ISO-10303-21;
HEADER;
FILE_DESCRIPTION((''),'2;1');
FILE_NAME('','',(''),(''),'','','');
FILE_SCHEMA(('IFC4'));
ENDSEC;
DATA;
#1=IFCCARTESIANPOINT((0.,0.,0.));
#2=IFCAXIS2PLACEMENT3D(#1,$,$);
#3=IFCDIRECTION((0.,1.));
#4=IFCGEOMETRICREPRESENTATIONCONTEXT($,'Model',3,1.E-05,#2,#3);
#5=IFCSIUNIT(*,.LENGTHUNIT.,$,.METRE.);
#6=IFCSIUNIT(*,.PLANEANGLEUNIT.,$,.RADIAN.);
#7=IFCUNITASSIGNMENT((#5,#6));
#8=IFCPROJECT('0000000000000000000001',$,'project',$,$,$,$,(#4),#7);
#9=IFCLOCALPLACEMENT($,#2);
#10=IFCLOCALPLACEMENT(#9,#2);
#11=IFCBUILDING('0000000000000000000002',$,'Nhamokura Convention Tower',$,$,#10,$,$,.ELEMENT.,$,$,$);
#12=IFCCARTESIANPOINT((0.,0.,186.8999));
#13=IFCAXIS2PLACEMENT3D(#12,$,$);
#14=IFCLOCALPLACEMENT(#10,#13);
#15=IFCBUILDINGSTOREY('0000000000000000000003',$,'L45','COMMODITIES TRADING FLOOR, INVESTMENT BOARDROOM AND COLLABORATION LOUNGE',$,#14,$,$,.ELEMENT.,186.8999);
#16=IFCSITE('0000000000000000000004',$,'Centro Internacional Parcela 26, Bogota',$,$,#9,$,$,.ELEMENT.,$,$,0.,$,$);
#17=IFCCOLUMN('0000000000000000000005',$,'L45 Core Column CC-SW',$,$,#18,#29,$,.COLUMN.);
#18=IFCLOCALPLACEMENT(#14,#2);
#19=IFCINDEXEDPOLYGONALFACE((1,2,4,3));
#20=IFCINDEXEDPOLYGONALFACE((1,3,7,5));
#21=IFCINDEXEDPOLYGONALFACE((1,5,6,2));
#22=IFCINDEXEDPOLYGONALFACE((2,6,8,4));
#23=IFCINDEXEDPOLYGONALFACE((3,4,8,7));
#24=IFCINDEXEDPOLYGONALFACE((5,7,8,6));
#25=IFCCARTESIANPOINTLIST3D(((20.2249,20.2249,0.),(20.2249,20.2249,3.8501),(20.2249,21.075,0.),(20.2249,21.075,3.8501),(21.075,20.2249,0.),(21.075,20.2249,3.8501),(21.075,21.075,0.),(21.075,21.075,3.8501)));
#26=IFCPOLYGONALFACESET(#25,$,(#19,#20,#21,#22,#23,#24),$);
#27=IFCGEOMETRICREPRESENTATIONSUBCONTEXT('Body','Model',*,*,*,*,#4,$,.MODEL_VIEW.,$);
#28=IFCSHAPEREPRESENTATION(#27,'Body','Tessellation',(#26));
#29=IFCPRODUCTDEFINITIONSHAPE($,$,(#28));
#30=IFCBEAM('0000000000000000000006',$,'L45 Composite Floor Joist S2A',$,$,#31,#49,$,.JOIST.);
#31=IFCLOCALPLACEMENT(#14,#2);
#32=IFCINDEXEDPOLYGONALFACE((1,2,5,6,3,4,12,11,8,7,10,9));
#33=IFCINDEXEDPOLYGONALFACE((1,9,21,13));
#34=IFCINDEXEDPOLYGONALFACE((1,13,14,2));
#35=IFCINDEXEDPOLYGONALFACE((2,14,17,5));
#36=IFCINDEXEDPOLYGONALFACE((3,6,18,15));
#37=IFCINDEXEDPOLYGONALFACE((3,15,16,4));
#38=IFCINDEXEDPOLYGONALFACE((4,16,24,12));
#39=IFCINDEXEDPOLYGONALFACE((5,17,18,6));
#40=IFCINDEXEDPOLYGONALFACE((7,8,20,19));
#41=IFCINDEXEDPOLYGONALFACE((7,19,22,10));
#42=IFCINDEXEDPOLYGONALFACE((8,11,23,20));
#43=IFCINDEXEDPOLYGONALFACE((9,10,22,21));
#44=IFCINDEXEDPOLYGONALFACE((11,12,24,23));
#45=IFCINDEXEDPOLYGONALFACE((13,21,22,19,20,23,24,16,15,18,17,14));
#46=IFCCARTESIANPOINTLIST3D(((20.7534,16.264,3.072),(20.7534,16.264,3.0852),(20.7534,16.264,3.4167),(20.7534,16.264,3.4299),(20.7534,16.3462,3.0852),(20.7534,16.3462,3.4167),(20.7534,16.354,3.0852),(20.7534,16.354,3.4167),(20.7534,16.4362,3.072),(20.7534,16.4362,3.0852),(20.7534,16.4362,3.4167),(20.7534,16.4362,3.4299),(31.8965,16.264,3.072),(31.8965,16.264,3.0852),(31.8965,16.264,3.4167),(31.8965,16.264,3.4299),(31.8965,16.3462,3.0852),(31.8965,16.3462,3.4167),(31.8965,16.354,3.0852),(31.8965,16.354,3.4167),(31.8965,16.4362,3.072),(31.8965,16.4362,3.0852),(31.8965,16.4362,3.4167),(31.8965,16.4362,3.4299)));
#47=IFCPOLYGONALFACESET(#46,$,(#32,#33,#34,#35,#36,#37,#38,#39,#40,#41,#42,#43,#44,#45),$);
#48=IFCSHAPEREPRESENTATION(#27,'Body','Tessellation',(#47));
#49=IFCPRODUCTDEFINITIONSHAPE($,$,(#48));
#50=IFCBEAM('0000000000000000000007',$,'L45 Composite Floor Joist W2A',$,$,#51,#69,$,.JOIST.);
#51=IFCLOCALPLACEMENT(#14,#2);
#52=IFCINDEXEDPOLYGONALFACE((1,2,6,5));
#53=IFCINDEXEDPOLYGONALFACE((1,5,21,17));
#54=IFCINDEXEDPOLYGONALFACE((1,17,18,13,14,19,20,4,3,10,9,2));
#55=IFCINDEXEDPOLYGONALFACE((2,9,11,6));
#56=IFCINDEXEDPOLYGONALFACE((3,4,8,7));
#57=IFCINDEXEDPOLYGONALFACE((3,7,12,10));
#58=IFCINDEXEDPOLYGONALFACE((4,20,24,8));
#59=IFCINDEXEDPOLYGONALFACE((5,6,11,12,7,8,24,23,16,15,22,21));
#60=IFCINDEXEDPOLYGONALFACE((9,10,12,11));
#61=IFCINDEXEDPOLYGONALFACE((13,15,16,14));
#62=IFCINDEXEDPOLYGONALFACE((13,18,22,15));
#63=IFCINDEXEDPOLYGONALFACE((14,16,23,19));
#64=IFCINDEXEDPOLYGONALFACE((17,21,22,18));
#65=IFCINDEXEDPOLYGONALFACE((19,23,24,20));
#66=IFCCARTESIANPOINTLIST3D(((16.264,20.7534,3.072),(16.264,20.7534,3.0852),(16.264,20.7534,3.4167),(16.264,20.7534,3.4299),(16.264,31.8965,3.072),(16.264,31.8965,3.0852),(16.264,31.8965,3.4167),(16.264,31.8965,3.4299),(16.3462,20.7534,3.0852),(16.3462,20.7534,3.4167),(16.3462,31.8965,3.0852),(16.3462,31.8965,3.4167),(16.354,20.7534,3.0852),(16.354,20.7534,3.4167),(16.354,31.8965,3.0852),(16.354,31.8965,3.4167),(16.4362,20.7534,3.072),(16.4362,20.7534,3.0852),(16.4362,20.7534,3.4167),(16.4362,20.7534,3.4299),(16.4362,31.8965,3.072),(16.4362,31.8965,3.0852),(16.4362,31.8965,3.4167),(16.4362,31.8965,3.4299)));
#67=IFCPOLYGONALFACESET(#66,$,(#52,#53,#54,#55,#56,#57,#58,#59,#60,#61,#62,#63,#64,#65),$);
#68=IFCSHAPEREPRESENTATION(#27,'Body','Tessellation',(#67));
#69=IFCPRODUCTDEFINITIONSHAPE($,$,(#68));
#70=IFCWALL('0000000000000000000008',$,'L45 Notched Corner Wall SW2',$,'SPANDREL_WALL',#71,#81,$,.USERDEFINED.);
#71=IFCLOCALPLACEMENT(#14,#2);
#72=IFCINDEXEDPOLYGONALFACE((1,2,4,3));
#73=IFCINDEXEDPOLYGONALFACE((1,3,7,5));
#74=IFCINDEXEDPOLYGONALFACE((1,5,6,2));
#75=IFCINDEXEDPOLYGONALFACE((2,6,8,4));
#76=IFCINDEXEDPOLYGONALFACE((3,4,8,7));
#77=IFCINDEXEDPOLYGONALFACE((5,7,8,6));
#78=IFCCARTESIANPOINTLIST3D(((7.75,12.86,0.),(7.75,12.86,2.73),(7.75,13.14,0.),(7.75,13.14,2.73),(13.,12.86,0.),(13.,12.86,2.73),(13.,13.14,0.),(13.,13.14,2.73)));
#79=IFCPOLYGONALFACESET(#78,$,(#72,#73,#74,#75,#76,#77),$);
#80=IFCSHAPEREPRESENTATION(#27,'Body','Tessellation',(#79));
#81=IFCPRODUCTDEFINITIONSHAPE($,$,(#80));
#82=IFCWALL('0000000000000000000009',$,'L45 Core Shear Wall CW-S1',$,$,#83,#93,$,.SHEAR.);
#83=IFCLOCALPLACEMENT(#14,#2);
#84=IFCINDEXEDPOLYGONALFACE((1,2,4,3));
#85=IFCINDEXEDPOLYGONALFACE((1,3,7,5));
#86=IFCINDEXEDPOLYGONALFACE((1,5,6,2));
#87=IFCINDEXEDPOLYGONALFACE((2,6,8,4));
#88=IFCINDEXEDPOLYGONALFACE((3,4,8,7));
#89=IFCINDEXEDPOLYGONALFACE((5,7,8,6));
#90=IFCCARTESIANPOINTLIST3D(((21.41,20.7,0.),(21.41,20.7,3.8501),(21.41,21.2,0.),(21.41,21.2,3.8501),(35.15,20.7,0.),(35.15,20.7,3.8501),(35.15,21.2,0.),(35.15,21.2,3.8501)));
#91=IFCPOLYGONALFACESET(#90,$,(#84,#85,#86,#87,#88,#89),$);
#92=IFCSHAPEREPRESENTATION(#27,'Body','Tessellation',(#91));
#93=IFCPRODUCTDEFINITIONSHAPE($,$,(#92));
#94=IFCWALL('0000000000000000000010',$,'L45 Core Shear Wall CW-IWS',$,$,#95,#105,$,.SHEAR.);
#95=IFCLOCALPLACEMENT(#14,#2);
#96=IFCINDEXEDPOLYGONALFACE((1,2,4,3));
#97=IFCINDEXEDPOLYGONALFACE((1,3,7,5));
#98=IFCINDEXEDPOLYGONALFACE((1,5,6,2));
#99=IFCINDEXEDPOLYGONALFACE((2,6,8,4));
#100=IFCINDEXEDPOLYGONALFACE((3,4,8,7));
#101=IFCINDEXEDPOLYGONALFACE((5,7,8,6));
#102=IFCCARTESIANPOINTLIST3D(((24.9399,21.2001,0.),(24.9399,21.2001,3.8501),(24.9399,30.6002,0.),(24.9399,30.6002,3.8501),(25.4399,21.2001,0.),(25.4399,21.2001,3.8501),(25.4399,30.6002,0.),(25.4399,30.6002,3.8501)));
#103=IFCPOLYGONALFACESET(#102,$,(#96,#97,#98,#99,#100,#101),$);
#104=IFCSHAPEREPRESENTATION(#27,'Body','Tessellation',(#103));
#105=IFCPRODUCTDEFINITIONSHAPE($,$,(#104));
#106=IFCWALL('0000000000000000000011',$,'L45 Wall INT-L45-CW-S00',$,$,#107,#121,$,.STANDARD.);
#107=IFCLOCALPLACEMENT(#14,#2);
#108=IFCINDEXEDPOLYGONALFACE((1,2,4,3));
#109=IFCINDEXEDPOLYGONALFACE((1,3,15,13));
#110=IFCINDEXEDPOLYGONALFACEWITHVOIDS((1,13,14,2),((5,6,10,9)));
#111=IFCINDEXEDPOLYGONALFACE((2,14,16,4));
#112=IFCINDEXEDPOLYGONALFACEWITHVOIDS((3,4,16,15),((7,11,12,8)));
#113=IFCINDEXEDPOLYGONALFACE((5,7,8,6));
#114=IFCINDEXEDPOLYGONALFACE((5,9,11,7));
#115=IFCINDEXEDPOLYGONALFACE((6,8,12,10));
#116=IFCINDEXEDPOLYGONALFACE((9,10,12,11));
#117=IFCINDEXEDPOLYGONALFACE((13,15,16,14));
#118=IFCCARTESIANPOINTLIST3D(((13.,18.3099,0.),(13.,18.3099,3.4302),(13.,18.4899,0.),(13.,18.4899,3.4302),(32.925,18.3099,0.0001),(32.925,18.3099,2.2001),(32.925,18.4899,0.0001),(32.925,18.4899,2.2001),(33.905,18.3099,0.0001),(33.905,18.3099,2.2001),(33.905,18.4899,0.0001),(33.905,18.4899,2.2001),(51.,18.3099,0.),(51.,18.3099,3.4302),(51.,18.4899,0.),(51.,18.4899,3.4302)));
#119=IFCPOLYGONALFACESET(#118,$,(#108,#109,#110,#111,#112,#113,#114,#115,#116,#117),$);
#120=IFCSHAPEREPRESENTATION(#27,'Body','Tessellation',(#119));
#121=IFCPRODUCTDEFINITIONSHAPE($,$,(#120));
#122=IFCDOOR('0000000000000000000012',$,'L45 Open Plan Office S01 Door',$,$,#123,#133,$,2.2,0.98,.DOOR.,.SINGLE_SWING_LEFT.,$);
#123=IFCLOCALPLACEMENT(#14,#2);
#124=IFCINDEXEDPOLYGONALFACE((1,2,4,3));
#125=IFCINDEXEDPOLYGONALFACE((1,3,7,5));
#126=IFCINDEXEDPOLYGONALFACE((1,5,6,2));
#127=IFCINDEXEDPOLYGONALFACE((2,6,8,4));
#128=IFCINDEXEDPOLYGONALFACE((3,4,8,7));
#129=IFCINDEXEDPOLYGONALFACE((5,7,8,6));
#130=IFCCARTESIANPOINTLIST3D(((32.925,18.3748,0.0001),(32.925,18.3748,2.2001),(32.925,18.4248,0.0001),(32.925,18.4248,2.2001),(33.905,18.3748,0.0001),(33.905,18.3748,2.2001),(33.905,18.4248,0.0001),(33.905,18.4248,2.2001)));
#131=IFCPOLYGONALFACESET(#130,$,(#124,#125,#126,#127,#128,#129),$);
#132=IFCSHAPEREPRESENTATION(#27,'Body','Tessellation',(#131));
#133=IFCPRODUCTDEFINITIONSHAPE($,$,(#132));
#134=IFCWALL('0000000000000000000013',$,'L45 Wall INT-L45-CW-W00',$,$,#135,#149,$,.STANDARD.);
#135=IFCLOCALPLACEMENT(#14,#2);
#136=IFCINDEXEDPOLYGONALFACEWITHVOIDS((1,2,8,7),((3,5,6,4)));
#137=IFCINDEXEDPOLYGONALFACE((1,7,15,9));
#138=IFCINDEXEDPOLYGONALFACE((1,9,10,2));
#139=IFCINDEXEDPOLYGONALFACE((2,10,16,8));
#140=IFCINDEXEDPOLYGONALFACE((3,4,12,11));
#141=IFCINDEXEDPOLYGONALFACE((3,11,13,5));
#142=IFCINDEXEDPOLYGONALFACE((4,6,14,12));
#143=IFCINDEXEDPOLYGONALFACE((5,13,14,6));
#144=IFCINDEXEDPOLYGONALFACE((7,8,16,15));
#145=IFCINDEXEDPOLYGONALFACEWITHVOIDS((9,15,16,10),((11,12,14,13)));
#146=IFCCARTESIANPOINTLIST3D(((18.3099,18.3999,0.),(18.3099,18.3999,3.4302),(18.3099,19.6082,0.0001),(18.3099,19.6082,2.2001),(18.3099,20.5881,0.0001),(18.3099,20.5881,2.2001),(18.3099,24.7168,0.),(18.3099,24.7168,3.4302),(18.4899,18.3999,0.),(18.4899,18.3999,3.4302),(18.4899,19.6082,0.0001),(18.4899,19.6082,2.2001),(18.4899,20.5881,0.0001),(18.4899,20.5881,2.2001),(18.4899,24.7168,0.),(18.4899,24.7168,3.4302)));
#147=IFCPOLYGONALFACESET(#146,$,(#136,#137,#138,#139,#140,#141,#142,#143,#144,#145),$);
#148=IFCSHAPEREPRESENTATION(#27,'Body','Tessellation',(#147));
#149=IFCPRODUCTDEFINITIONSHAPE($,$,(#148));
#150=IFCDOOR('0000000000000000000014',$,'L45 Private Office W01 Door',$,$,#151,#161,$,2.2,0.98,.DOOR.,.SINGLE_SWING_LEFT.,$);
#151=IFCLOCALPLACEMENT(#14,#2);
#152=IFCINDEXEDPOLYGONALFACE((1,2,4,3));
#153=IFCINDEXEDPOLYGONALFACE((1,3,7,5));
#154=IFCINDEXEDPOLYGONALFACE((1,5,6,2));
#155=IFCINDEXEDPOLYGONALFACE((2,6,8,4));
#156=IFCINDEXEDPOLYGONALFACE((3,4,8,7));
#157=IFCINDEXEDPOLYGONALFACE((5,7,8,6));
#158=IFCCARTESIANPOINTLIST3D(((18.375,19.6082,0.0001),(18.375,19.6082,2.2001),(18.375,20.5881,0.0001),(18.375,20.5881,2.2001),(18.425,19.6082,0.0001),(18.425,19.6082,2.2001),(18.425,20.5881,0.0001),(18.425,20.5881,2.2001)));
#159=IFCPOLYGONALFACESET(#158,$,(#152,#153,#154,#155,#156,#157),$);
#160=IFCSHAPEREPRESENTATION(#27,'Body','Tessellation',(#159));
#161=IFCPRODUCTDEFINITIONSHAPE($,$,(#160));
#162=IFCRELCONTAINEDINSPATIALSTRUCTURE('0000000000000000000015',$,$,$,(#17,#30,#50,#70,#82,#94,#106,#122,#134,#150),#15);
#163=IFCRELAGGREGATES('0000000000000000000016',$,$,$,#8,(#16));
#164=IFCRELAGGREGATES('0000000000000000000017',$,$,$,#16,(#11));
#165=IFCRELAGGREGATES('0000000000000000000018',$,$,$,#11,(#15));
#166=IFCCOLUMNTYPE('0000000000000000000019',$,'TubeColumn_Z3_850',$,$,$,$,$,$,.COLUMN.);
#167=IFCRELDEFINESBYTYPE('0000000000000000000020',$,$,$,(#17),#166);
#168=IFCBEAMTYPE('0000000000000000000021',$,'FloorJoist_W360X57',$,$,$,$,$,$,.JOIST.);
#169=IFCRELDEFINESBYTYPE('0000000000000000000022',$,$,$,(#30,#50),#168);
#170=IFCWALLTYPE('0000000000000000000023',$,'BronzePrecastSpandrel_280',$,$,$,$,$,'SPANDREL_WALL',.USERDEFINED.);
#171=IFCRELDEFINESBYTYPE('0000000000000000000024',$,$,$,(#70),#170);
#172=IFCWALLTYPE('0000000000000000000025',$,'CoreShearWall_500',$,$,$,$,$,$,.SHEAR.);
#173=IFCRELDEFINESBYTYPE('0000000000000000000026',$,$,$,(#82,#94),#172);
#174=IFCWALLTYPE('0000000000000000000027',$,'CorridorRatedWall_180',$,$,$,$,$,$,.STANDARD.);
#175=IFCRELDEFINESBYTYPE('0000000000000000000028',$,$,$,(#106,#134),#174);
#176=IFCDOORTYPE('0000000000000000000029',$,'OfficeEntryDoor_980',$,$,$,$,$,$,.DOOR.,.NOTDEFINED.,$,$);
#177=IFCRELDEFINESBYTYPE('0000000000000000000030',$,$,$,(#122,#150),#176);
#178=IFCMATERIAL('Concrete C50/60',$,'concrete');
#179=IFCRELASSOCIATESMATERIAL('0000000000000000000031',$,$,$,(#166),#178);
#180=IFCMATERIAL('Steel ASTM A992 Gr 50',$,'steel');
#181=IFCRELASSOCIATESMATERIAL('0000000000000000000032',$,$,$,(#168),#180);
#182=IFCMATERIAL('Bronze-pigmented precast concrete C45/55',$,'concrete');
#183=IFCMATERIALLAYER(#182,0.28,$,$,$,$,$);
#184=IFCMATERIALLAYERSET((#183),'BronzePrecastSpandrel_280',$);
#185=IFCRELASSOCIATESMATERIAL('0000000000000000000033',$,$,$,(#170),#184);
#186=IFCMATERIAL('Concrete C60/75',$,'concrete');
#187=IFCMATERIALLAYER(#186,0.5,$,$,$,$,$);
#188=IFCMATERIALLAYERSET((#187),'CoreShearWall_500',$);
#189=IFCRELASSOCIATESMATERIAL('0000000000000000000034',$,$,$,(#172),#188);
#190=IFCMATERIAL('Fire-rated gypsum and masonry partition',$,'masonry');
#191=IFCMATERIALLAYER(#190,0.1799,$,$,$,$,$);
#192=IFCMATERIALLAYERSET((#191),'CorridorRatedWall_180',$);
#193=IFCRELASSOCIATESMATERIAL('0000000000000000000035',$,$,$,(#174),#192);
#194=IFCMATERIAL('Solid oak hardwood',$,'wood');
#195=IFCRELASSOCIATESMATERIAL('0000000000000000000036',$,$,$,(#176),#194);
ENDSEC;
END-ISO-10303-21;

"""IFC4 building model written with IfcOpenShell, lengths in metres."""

from ifc_helpers import new_model, si_unit, direction, frame, frame_2d, origin, origin_2d, place, context, subcontext, project, spatial, rectangle, i_section, extrude, material, layer, layer_set, material_profile, profile_set, type_object, element, fill, save


model = new_model("IFC4")

# Units and contexts
model_context = context("Model", 3, precision=1e-05, world=origin(), true_north=direction((0.0, 1.0)))
body_context = subcontext(model_context, "Body", "Model", "MODEL_VIEW")
ifc_project = project(units=[si_unit("LENGTHUNIT", "METRE"), si_unit("PLANEANGLEUNIT", "RADIAN")], contexts=[model_context])

# Site, building, storey
site_placement = place(None, origin())
site = spatial("IfcSite", under=ifc_project, at=site_placement, Name="Centro Internacional Parcela 26, Bogota", CompositionType="ELEMENT", RefElevation=0.0)
building_placement = place(site_placement, origin())
building = spatial("IfcBuilding", under=site, at=building_placement, Name="Nhamokura Convention Tower", CompositionType="ELEMENT")
storey_placement = place(building_placement, frame((0.0, 0.0, 186.8999)))
storey = spatial("IfcBuildingStorey", under=building, at=storey_placement, Name="L45", Description="COMMODITIES TRADING FLOOR, INVESTMENT BOARDROOM AND COLLABORATION LOUNGE", CompositionType="ELEMENT", Elevation=186.8999)

# Column
ifc_material_1 = material(Name="Concrete C50/60", Category="concrete")
ifc_material_profile_1 = material_profile(ifc_material_1, rectangle(XDim=0.8501, YDim=0.8501, at=origin_2d()))
ifc_profile_set_1 = profile_set([ifc_material_profile_1], Name="Concrete C50/60")
column_type = type_object("IfcColumnType", Name="TubeColumn_Z3_850", PredefinedType="COLUMN", material=ifc_profile_set_1)
column_placement = place(storey_placement, frame((20.6499, 20.6499, 0.0), z_axis=(0.0, 0.0, 1.0), x_axis=(1.0, 0.0, 0.0)))
element("IfcColumn", 1, at=column_placement, inside=storey, type_object=column_type, Name="L45 Core Column CC-SW", PredefinedType="COLUMN", context=body_context, shape_type="SweptSolid", body=[
    extrude(rectangle(XDim=0.8501, YDim=0.8501, at=origin_2d()), origin(), (0.0, 0.0, 1.0), 3.8501),
])

# Beams
ifc_material_2 = material(Name="Steel ASTM A992 Gr 50", Category="steel")
ifc_material_profile_2 = material_profile(ifc_material_2, i_section(OverallWidth=0.1721, OverallDepth=0.3579, WebThickness=0.0078, FlangeThickness=0.0132, at=origin_2d()))
ifc_profile_set_2 = profile_set([ifc_material_profile_2], Name="Steel ASTM A992 Gr 50")
beam_type = type_object("IfcBeamType", Name="FloorJoist_W360X57", PredefinedType="JOIST", material=ifc_profile_set_2)
for number, where, z_axis, x_axis, name in (
    (2, (20.7534, 16.3501, 3.251), (1.0, 0.0, 0.0), (0.0, 1.0, 0.0), "L45 Composite Floor Joist S2A"),
    (3, (16.3501, 20.7534, 3.251), (0.0, 1.0, 0.0), (-1.0, 0.0, 0.0), "L45 Composite Floor Joist W2A"),
):
    element("IfcBeam", number, at=place(storey_placement, frame(where, z_axis=z_axis, x_axis=x_axis)), inside=storey, type_object=beam_type, Name=name, PredefinedType="JOIST", context=body_context, shape_type="SweptSolid", body=[
        extrude(i_section(OverallWidth=0.1721, OverallDepth=0.3579, WebThickness=0.0078, FlangeThickness=0.0132, at=origin_2d()), origin(), (0.0, 0.0, 1.0), 11.1431),
    ])

# Wall
ifc_material_3 = material(Name="Bronze-pigmented precast concrete C45/55", Category="concrete")
ifc_layer_1 = layer(ifc_material_3, 0.28)
ifc_layer_set_1 = layer_set([ifc_layer_1], Name="BronzePrecastSpandrel_280")
wall_type_1 = type_object("IfcWallType", Name="BronzePrecastSpandrel_280", ElementType="SPANDREL_WALL", PredefinedType="USERDEFINED", material=ifc_layer_set_1)
wall_1_placement = place(storey_placement, frame((13.0, 13.0, 0.0), z_axis=(0.0, 0.0, 1.0), x_axis=(-1.0, 0.0, 0.0)))
element("IfcWall", 4, at=wall_1_placement, inside=storey, type_object=wall_type_1, Name="L45 Notched Corner Wall SW2", ObjectType="SPANDREL_WALL", PredefinedType="USERDEFINED", context=body_context, shape_type="SweptSolid", body=[
    extrude(rectangle(XDim=5.25, YDim=0.28, at=frame_2d((2.625, 0.0))), origin(), (0.0, 0.0, 1.0), 2.73),
])

# Shared definitions
ifc_material_4 = material(Name="Concrete C60/75", Category="concrete")
ifc_layer_2 = layer(ifc_material_4, 0.5)
ifc_layer_set_2 = layer_set([ifc_layer_2], Name="CoreShearWall_500")
wall_type_2 = type_object("IfcWallType", Name="CoreShearWall_500", PredefinedType="SHEAR", material=ifc_layer_set_2)

# Walls
wall_2_placement = place(storey_placement, frame((21.4099, 20.95, 0.0), z_axis=(0.0, 0.0, 1.0), x_axis=(1.0, 0.0, 0.0)))
element("IfcWall", 5, at=wall_2_placement, inside=storey, type_object=wall_type_2, Name="L45 Core Shear Wall CW-S1", PredefinedType="SHEAR", context=body_context, shape_type="SweptSolid", body=[
    extrude(rectangle(XDim=13.74, YDim=0.5, at=frame_2d((6.8701, 0.0))), origin(), (0.0, 0.0, 1.0), 3.8501),
])
wall_3_placement = place(storey_placement, frame((25.1899, 21.2, 0.0), z_axis=(0.0, 0.0, 1.0), x_axis=(0.0, 1.0, 0.0)))
element("IfcWall", 6, at=wall_3_placement, inside=storey, type_object=wall_type_2, Name="L45 Core Shear Wall CW-IWS", PredefinedType="SHEAR", context=body_context, shape_type="SweptSolid", body=[
    extrude(rectangle(XDim=9.4001, YDim=0.5, at=frame_2d((4.7002, 0.0))), origin(), (0.0, 0.0, 1.0), 3.8501),
])

# Walls, openings, doors
ifc_material_5 = material(Name="Fire-rated gypsum and masonry partition", Category="masonry")
ifc_layer_3 = layer(ifc_material_5, 0.1799)
ifc_layer_set_3 = layer_set([ifc_layer_3], Name="CorridorRatedWall_180")
wall_type_3 = type_object("IfcWallType", Name="CorridorRatedWall_180", PredefinedType="STANDARD", material=ifc_layer_set_3)
wall_4_placement = place(storey_placement, frame((13.0, 18.3999, 0.0), z_axis=(0.0, 0.0, 1.0), x_axis=(1.0, 0.0, 0.0)))
wall_4 = element("IfcWall", 7, at=wall_4_placement, inside=storey, type_object=wall_type_3, Name="L45 Wall INT-L45-CW-S00", PredefinedType="STANDARD", context=body_context, shape_type="SweptSolid", body=[
    extrude(rectangle(XDim=38.0, YDim=0.1799, at=frame_2d((19.0, 0.0))), origin(), (0.0, 0.0, 1.0), 3.4302),
])
opening_1_placement = place(wall_4_placement, frame((19.925, 0.0, 0.0)))
opening_1 = element("IfcOpeningElement", 8, at=opening_1_placement, cuts=wall_4, PredefinedType="OPENING", context=body_context, shape_type="SweptSolid", body=[
    extrude(rectangle(XDim=0.98, YDim=2.2, at=frame_2d((0.49, 1.1001))), frame((0.0, 0.0999, 0.0), z_axis=(0.0, -1.0, 0.0), x_axis=(1.0, 0.0, 0.0)), (0.0, 0.0, 1.0), 0.2),
])
ifc_material_6 = material(Name="Solid oak hardwood", Category="wood")
door_type_1 = type_object("IfcDoorType", Name="OfficeEntryDoor_980", OperationType="NOTDEFINED", PredefinedType="DOOR", material=ifc_material_6)
door_1_placement = place(opening_1_placement, origin())
door_1 = element("IfcDoor", 9, at=door_1_placement, inside=storey, type_object=door_type_1, Name="L45 Open Plan Office S01 Door", OperationType="SINGLE_SWING_LEFT", OverallHeight=2.2, OverallWidth=0.98, PredefinedType="DOOR", context=body_context, shape_type="SweptSolid", body=[
    extrude(rectangle(XDim=0.98, YDim=2.2, at=frame_2d((0.49, 1.1001))), frame((0.0, 0.0249, 0.0), z_axis=(0.0, -1.0, 0.0), x_axis=(1.0, 0.0, 0.0)), (0.0, 0.0, 1.0), 0.05),
])
fill(opening_1, door_1)
wall_5_placement = place(storey_placement, frame((18.3999, 18.3999, 0.0), z_axis=(0.0, 0.0, 1.0), x_axis=(0.0, 1.0, 0.0)))
wall_5 = element("IfcWall", 10, at=wall_5_placement, inside=storey, type_object=wall_type_3, Name="L45 Wall INT-L45-CW-W00", PredefinedType="STANDARD", context=body_context, shape_type="SweptSolid", body=[
    extrude(rectangle(XDim=6.3169, YDim=0.1799, at=frame_2d((3.1584, 0.0))), origin(), (0.0, 0.0, 1.0), 3.4302),
])
opening_2_placement = place(wall_5_placement, frame((1.2083, 0.0, 0.0)))
opening_2 = element("IfcOpeningElement", 11, at=opening_2_placement, cuts=wall_5, PredefinedType="OPENING", context=body_context, shape_type="SweptSolid", body=[
    extrude(rectangle(XDim=0.98, YDim=2.2, at=frame_2d((0.49, 1.1001))), frame((0.0, 0.0999, 0.0), z_axis=(0.0, -1.0, 0.0), x_axis=(1.0, 0.0, 0.0)), (0.0, 0.0, 1.0), 0.2),
])
door_2_placement = place(opening_2_placement, origin())
door_2 = element("IfcDoor", 12, at=door_2_placement, inside=storey, type_object=door_type_1, Name="L45 Private Office W01 Door", OperationType="SINGLE_SWING_LEFT", OverallHeight=2.2, OverallWidth=0.98, PredefinedType="DOOR", context=body_context, shape_type="SweptSolid", body=[
    extrude(rectangle(XDim=0.98, YDim=2.2, at=frame_2d((0.49, 1.1001))), frame((0.0, 0.0249, 0.0), z_axis=(0.0, -1.0, 0.0), x_axis=(1.0, 0.0, 0.0)), (0.0, 0.0, 1.0), 0.05),
])
fill(opening_2, door_2)

save(model, "model.ifc")
